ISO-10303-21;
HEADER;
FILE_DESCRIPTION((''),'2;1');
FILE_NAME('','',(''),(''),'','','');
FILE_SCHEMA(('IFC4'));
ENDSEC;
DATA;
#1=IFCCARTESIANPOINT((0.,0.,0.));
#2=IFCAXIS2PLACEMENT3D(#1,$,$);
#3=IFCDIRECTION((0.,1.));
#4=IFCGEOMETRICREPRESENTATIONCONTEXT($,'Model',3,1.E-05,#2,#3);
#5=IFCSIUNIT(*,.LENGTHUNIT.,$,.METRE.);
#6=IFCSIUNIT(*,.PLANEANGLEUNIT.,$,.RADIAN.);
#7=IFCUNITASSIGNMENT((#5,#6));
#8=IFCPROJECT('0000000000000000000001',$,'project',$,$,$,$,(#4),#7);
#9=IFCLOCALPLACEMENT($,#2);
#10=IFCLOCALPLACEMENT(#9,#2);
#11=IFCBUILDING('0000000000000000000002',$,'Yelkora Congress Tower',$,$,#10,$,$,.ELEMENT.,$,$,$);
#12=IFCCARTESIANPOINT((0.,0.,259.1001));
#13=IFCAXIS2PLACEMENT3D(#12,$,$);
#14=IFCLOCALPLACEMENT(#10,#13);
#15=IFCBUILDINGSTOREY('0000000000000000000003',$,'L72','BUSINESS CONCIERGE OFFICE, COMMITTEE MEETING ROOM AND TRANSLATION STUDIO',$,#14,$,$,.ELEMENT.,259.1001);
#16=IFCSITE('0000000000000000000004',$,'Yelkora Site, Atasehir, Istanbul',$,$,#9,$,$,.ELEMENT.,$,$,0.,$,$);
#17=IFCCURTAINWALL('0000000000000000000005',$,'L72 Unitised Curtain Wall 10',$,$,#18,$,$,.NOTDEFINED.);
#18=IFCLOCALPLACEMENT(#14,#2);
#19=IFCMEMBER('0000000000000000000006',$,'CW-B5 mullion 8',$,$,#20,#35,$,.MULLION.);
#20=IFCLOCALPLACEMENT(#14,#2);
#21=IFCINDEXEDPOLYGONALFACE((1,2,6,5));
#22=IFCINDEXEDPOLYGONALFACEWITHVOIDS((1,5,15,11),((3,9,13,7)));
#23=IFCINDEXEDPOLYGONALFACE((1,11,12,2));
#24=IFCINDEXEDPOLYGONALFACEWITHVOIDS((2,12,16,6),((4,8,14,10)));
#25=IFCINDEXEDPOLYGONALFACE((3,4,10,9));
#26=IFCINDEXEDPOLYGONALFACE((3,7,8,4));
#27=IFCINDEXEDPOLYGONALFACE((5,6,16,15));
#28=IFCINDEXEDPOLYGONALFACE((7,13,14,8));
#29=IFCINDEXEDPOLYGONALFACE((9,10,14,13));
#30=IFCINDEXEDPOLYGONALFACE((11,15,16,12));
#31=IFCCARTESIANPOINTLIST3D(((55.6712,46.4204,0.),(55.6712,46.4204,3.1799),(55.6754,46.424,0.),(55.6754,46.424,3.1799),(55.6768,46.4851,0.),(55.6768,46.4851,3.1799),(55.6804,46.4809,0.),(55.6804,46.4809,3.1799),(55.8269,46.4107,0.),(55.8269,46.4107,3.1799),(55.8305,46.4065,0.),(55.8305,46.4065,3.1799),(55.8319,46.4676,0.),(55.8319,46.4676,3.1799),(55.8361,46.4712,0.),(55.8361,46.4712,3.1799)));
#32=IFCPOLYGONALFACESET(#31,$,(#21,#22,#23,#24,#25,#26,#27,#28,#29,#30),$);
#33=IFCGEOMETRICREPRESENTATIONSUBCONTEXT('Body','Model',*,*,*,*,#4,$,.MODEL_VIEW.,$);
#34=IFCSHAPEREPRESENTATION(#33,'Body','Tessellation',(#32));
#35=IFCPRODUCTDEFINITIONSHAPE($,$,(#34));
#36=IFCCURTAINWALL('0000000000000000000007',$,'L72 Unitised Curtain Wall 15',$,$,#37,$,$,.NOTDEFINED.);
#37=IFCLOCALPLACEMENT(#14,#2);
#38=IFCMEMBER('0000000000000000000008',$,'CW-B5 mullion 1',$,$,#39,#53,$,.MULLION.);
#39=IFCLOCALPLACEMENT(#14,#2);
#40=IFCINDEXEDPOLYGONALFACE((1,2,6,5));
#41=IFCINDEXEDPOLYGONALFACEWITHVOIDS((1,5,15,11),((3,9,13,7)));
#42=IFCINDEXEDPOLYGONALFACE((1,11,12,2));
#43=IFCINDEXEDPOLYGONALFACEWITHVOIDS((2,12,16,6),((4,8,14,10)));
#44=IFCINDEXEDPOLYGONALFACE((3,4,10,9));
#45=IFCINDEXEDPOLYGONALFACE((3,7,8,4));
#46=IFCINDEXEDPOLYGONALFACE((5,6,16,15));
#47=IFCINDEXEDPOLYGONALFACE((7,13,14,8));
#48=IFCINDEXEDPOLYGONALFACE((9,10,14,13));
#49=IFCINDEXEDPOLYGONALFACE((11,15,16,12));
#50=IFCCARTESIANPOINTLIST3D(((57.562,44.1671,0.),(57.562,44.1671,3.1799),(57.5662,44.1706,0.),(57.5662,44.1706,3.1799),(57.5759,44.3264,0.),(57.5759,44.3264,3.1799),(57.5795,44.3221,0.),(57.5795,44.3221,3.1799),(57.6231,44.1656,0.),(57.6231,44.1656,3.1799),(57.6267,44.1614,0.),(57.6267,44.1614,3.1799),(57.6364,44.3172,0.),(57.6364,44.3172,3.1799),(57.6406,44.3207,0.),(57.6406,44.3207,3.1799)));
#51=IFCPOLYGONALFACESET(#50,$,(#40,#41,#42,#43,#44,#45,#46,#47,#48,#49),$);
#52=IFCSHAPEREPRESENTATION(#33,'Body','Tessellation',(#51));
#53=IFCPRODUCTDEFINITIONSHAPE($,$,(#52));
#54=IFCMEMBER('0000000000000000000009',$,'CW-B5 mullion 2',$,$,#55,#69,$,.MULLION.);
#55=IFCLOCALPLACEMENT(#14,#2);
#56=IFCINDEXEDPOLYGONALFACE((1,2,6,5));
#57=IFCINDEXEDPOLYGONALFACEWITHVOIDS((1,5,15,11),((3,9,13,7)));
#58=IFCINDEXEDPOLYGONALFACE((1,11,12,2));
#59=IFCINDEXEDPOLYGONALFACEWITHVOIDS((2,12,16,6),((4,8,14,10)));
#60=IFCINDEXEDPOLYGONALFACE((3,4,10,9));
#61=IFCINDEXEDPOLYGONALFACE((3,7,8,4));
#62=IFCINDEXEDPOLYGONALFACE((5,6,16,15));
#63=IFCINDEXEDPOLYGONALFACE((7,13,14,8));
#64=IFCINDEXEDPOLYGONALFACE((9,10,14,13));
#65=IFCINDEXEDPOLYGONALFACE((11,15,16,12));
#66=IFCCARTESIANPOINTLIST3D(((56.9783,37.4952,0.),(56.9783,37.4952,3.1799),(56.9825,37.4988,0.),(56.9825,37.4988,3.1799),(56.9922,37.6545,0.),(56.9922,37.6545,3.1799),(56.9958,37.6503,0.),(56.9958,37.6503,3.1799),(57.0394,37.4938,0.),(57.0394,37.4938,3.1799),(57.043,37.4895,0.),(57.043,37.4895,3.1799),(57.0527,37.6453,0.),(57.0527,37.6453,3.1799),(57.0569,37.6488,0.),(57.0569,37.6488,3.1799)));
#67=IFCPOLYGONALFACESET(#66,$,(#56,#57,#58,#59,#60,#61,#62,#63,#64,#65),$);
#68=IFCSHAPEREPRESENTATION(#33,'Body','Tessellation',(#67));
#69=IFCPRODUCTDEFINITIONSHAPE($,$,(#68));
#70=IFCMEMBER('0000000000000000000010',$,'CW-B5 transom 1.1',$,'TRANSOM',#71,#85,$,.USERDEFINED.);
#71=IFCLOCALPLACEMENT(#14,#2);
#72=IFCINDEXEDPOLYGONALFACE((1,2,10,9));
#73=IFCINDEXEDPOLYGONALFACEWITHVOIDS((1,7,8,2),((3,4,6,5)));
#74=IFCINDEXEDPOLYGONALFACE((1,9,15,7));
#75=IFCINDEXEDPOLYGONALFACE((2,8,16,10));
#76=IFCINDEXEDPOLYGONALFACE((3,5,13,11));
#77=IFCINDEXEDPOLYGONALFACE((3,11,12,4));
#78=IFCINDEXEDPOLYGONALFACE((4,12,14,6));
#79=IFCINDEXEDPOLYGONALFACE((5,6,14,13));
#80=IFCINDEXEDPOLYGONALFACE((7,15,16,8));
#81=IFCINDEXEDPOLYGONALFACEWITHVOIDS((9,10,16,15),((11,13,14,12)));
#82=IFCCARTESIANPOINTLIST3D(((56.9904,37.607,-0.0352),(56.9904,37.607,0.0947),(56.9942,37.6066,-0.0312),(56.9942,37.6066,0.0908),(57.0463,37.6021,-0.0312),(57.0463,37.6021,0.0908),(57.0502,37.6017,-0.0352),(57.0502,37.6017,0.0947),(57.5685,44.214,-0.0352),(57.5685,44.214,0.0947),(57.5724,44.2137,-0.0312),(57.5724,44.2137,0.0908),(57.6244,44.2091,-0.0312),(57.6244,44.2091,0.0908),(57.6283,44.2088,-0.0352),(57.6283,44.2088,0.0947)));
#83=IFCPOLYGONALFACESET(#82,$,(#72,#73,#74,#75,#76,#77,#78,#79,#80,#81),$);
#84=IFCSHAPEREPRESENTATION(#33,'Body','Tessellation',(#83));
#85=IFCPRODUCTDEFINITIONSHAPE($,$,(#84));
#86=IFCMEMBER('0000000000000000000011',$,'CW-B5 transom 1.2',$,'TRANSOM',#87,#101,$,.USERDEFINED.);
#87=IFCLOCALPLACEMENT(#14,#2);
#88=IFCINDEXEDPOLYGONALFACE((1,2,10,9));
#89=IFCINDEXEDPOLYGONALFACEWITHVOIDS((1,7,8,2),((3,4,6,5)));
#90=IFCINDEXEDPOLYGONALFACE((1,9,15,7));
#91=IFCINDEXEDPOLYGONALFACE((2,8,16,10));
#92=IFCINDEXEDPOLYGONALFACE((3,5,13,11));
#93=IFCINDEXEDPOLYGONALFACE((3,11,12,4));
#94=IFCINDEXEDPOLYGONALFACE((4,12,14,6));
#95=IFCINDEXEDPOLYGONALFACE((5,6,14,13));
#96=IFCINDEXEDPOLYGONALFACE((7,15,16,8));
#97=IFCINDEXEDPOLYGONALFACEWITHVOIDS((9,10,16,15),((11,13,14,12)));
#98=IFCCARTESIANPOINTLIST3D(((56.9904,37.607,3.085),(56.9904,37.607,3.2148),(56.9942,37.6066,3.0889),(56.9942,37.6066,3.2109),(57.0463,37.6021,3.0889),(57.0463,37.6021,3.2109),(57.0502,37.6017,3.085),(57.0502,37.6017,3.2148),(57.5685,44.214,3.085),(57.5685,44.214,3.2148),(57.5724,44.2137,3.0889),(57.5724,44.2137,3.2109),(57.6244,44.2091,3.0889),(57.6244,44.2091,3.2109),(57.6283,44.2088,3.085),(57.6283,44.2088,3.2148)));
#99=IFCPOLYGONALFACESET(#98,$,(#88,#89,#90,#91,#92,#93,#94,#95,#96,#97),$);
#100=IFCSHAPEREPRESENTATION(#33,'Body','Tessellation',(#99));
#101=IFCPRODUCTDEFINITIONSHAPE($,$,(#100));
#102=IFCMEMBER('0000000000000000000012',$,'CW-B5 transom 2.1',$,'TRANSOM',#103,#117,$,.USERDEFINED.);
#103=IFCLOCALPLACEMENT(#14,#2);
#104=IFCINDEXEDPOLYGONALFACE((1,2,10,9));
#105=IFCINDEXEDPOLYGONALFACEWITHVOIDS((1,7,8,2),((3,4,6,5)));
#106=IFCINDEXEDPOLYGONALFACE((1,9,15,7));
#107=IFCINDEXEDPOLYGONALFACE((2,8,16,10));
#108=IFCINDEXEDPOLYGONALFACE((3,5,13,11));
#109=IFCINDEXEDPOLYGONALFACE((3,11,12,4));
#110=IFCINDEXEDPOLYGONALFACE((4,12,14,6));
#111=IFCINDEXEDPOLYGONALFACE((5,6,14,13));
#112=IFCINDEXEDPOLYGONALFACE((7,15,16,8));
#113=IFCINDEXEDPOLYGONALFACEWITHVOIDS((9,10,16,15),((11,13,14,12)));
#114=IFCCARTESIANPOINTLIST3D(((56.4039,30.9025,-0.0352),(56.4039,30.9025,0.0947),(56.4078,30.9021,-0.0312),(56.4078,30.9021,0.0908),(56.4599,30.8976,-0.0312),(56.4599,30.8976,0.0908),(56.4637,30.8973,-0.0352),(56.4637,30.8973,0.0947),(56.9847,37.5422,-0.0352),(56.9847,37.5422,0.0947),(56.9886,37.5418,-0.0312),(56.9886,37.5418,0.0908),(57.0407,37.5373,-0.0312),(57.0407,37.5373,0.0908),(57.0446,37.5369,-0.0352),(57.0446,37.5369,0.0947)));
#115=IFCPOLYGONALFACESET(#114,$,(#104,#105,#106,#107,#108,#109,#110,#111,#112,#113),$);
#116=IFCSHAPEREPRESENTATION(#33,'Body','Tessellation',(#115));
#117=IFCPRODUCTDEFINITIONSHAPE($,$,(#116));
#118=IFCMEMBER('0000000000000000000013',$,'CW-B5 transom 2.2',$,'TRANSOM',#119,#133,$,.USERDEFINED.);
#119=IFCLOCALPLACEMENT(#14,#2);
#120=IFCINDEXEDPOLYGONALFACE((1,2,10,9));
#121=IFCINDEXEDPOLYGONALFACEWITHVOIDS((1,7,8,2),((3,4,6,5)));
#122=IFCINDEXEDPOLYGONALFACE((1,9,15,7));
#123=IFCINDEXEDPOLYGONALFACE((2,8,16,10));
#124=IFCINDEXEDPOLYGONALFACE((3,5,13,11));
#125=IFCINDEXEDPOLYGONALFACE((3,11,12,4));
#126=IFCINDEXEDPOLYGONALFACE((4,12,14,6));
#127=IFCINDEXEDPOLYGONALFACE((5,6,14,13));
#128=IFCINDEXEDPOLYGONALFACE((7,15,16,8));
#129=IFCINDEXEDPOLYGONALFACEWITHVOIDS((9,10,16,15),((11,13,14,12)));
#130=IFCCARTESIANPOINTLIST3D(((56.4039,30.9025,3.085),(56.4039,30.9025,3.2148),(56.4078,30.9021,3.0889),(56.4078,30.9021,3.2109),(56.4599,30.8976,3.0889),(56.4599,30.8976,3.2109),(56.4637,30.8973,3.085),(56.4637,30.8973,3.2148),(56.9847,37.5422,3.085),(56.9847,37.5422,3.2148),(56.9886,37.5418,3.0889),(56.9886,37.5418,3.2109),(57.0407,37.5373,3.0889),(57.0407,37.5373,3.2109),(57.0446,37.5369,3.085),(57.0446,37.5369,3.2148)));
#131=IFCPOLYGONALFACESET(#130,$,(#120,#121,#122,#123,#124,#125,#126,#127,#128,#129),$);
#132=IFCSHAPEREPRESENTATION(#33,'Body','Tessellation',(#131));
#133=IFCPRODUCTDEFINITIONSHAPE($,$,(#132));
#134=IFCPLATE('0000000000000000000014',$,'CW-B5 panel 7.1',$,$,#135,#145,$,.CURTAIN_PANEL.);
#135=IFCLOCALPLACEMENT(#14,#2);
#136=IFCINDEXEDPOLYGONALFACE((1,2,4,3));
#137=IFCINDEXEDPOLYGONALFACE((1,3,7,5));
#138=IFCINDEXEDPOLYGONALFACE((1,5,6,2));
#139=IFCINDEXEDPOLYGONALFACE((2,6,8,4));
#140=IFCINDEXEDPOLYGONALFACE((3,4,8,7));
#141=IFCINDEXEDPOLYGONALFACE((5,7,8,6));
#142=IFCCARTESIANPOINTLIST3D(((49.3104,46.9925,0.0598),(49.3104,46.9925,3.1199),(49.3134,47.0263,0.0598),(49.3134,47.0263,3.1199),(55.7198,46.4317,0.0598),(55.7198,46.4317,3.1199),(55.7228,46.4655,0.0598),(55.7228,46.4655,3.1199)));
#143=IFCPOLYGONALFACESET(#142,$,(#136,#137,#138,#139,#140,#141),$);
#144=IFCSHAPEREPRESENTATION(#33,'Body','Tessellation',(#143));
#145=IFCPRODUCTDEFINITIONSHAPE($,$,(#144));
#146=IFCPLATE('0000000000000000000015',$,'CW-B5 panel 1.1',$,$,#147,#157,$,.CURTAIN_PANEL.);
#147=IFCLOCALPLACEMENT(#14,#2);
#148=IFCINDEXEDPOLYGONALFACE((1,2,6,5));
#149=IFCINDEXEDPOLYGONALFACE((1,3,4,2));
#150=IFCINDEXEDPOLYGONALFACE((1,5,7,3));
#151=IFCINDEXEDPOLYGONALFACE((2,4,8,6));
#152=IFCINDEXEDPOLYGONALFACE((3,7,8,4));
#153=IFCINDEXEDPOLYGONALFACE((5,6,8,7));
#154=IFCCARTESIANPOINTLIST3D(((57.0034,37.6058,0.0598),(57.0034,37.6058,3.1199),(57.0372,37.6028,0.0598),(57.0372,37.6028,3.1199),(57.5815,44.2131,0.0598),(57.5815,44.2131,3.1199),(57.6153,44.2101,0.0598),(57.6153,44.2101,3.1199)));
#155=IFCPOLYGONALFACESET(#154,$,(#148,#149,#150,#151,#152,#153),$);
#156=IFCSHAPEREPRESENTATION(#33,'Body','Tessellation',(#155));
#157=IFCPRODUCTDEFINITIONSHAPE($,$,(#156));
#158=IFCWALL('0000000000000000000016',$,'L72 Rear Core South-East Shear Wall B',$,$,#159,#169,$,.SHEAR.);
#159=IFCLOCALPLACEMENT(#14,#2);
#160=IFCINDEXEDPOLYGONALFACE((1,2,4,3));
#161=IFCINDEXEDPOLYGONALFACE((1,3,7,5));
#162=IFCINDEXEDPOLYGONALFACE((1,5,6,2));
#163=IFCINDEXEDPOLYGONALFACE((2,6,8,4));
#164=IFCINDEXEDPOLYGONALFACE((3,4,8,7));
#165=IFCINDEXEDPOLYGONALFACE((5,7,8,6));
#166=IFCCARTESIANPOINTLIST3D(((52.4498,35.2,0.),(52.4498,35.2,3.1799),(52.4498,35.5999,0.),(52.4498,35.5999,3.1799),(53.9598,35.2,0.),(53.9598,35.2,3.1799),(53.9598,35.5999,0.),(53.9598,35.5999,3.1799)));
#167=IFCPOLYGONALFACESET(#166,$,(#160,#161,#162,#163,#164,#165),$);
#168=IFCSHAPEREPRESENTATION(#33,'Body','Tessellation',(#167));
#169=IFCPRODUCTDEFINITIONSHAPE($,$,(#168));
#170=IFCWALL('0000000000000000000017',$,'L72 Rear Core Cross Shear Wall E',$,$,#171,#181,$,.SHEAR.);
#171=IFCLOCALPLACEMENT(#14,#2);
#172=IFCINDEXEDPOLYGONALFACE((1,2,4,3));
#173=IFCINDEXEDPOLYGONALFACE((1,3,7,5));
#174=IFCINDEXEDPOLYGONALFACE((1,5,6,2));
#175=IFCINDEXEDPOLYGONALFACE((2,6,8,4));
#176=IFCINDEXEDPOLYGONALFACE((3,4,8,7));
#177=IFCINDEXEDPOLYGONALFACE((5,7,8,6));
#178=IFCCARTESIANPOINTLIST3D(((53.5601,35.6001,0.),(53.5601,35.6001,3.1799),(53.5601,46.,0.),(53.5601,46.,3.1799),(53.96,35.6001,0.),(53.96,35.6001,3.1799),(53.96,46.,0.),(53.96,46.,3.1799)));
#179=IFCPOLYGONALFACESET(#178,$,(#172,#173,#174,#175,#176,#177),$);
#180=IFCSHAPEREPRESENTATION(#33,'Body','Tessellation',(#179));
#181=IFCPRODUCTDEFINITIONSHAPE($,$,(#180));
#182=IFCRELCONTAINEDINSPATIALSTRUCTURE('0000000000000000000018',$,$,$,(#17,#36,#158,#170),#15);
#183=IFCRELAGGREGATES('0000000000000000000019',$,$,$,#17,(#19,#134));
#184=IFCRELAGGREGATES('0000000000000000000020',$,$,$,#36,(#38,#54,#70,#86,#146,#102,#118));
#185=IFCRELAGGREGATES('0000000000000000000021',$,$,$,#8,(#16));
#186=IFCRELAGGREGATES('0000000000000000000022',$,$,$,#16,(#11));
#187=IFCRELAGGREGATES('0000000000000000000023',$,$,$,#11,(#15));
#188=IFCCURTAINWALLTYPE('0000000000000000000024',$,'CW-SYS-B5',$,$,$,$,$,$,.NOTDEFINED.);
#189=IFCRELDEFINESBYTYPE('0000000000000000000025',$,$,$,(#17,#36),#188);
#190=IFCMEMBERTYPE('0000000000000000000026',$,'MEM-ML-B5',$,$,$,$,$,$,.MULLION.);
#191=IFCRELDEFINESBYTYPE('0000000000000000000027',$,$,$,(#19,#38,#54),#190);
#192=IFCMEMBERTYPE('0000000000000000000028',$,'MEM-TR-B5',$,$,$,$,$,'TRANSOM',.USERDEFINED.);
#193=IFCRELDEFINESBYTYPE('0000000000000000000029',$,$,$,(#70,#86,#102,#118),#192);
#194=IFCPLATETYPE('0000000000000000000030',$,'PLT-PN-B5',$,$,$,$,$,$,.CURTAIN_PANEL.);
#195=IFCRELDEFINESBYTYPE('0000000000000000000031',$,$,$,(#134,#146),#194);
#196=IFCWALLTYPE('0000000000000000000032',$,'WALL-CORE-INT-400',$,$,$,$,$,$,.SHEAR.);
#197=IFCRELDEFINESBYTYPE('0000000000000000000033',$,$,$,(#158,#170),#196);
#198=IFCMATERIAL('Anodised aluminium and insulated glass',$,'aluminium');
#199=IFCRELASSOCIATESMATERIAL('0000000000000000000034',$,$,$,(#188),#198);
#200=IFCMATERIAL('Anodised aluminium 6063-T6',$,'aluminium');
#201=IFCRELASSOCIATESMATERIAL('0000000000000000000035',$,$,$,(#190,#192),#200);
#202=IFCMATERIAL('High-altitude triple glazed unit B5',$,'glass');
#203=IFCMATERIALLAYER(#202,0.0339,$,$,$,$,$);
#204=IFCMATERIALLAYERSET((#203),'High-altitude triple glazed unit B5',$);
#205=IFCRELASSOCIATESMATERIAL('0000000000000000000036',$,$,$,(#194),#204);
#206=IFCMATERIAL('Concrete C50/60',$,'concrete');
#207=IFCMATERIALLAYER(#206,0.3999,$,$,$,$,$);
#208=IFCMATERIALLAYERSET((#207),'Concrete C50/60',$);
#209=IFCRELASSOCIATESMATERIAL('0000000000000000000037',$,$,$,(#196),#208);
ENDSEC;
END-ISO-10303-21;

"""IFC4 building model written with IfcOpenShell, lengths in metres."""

from ifc_helpers import new_model, si_unit, direction, frame, frame_2d, origin, origin_2d, place, context, subcontext, project, spatial, rectangle, hollow_rectangle, extrude, material, layer, layer_set, material_profile, profile_set, type_object, element, aggregate, save


model = new_model("IFC4")

# Units and contexts
model_context = context("Model", 3, precision=1e-05, world=origin(), true_north=direction((0.0, 1.0)))
body_context = subcontext(model_context, "Body", "Model", "MODEL_VIEW")
ifc_project = project(units=[si_unit("LENGTHUNIT", "METRE"), si_unit("PLANEANGLEUNIT", "RADIAN")], contexts=[model_context])

# Site, building, storey
site_placement = place(None, origin())
site = spatial("IfcSite", under=ifc_project, at=site_placement, Name="Yelkora Site, Atasehir, Istanbul", CompositionType="ELEMENT", RefElevation=0.0)
building_placement = place(site_placement, origin())
building = spatial("IfcBuilding", under=site, at=building_placement, Name="Yelkora Congress Tower", CompositionType="ELEMENT")
storey_placement = place(building_placement, frame((0.0, 0.0, 259.1001)))
storey = spatial("IfcBuildingStorey", under=building, at=storey_placement, Name="L72", Description="BUSINESS CONCIERGE OFFICE, COMMITTEE MEETING ROOM AND TRANSLATION STUDIO", CompositionType="ELEMENT", Elevation=259.1001)

# Curtain wall, member
ifc_material_1 = material(Name="Anodised aluminium and insulated glass", Category="aluminium")
curtain_wall_type = type_object("IfcCurtainWallType", Name="CW-SYS-B5", PredefinedType="NOTDEFINED", material=ifc_material_1)
curtain_wall_1_placement = place(storey_placement, origin())
curtain_wall_1 = element("IfcCurtainWall", 1, at=curtain_wall_1_placement, inside=storey, type_object=curtain_wall_type, Name="L72 Unitised Curtain Wall 10", PredefinedType="NOTDEFINED")
ifc_material_2 = material(Name="Anodised aluminium 6063-T6", Category="aluminium")
ifc_material_profile_1 = material_profile(ifc_material_2, hollow_rectangle(XDim=0.0649, YDim=0.1599, WallThickness=0.0039, at=origin_2d()), Name="ALU 65x160x4")
ifc_profile_set_1 = profile_set([ifc_material_profile_1], Name="Anodised aluminium 6063-T6")
member_type_1 = type_object("IfcMemberType", Name="MEM-ML-B5", PredefinedType="MULLION", material=ifc_profile_set_1)
member_1_placement = place(storey_placement, frame((55.7537, 46.4458, 0.0), z_axis=(0.0, 0.0, 1.0), x_axis=(0.087157, 0.996195, 0.0)))
member_1 = element("IfcMember", 2, at=member_1_placement, type_object=member_type_1, Name="CW-B5 mullion 8", PredefinedType="MULLION", context=body_context, shape_type="SweptSolid", body=[
    extrude(hollow_rectangle(XDim=0.0649, YDim=0.1599, WallThickness=0.0039, at=origin_2d()), origin(), (0.0, 0.0, 1.0), 3.1799),
])

# Curtain wall, members
curtain_wall_2_placement = place(storey_placement, origin())
curtain_wall_2 = element("IfcCurtainWall", 3, at=curtain_wall_2_placement, inside=storey, type_object=curtain_wall_type, Name="L72 Unitised Curtain Wall 15", PredefinedType="NOTDEFINED")
member_2_placement = place(storey_placement, frame((57.6013, 44.2439, 0.0), z_axis=(0.0, 0.0, 1.0), x_axis=(0.996194, -0.087158, 0.0)))
member_2 = element("IfcMember", 4, at=member_2_placement, type_object=member_type_1, Name="CW-B5 mullion 1", PredefinedType="MULLION", context=body_context, shape_type="SweptSolid", body=[
    extrude(hollow_rectangle(XDim=0.0649, YDim=0.1599, WallThickness=0.0039, at=origin_2d()), origin(), (0.0, 0.0, 1.0), 3.1799),
])
member_3_placement = place(storey_placement, frame((57.0176, 37.572, 0.0), z_axis=(0.0, 0.0, 1.0), x_axis=(0.996194, -0.087158, 0.0)))
member_3 = element("IfcMember", 5, at=member_3_placement, type_object=member_type_1, Name="CW-B5 mullion 2", PredefinedType="MULLION", context=body_context, shape_type="SweptSolid", body=[
    extrude(hollow_rectangle(XDim=0.0649, YDim=0.1599, WallThickness=0.0039, at=origin_2d()), origin(), (0.0, 0.0, 1.0), 3.1799),
])
ifc_material_profile_2 = material_profile(ifc_material_2, hollow_rectangle(XDim=0.0601, YDim=0.1299, WallThickness=0.0039, at=origin_2d()), Name="ALU 60x130x4")
ifc_profile_set_2 = profile_set([ifc_material_profile_2], Name="Anodised aluminium 6063-T6")
member_type_2 = type_object("IfcMemberType", Name="MEM-TR-B5", ElementType="TRANSOM", PredefinedType="USERDEFINED", material=ifc_profile_set_2)
member_4_placement = place(storey_placement, frame((57.5984, 44.2114, 0.0298), z_axis=(-0.087166, -0.996194, 0.0), x_axis=(0.996194, -0.087166, 0.0)))
member_4 = element("IfcMember", 6, at=member_4_placement, type_object=member_type_2, Name="CW-B5 transom 1.1", ObjectType="TRANSOM", PredefinedType="USERDEFINED", context=body_context, shape_type="SweptSolid", body=[
    extrude(hollow_rectangle(XDim=0.0601, YDim=0.1299, WallThickness=0.0039, at=origin_2d()), origin(), (0.0, 0.0, 1.0), 6.6323),
])
member_5_placement = place(storey_placement, frame((57.5984, 44.2114, 3.1499), z_axis=(-0.087166, -0.996194, 0.0), x_axis=(0.996194, -0.087166, 0.0)))
member_5 = element("IfcMember", 7, at=member_5_placement, type_object=member_type_2, Name="CW-B5 transom 1.2", ObjectType="TRANSOM", PredefinedType="USERDEFINED", context=body_context, shape_type="SweptSolid", body=[
    extrude(hollow_rectangle(XDim=0.0601, YDim=0.1299, WallThickness=0.0039, at=origin_2d()), origin(), (0.0, 0.0, 1.0), 6.6323),
])
member_6_placement = place(storey_placement, frame((57.0146, 37.5396, 0.0298), z_axis=(-0.087143, -0.996196, 0.0), x_axis=(0.996196, -0.087143, 0.0)))
member_6 = element("IfcMember", 8, at=member_6_placement, type_object=member_type_2, Name="CW-B5 transom 2.1", ObjectType="TRANSOM", PredefinedType="USERDEFINED", context=body_context, shape_type="SweptSolid", body=[
    extrude(hollow_rectangle(XDim=0.0601, YDim=0.1299, WallThickness=0.0039, at=origin_2d()), origin(), (0.0, 0.0, 1.0), 6.665),
])
member_7_placement = place(storey_placement, frame((57.0146, 37.5396, 3.1499), z_axis=(-0.087143, -0.996196, 0.0), x_axis=(0.996196, -0.087143, 0.0)))
member_7 = element("IfcMember", 9, at=member_7_placement, type_object=member_type_2, Name="CW-B5 transom 2.2", ObjectType="TRANSOM", PredefinedType="USERDEFINED", context=body_context, shape_type="SweptSolid", body=[
    extrude(hollow_rectangle(XDim=0.0601, YDim=0.1299, WallThickness=0.0039, at=origin_2d()), origin(), (0.0, 0.0, 1.0), 6.665),
])

# Plates
ifc_material_3 = material(Name="High-altitude triple glazed unit B5", Category="glass")
ifc_layer_1 = layer(ifc_material_3, 0.0339)
ifc_layer_set_1 = layer_set([ifc_layer_1], Name="High-altitude triple glazed unit B5")
plate_type = type_object("IfcPlateType", Name="PLT-PN-B5", PredefinedType="CURTAIN_PANEL", material=ifc_layer_set_1)
plate_1_placement = place(storey_placement, frame((52.5166, 46.729, 0.0598), z_axis=(0.0, 0.0, 1.0), x_axis=(0.996195, -0.087157, 0.0)))
plate_1 = element("IfcPlate", 10, at=plate_1_placement, type_object=plate_type, Name="CW-B5 panel 7.1", PredefinedType="CURTAIN_PANEL", context=body_context, shape_type="SweptSolid", body=[
    extrude(rectangle(XDim=6.4338, YDim=0.0339, at=origin_2d()), origin(), (0.0, 0.0, 1.0), 3.0601),
])
aggregate(curtain_wall_1, [member_1, plate_1])
plate_2_placement = place(storey_placement, frame((57.3093, 40.908, 0.0598), z_axis=(0.0, 0.0, 1.0), x_axis=(-0.087158, -0.996194, 0.0)))
plate_2 = element("IfcPlate", 11, at=plate_2_placement, type_object=plate_type, Name="CW-B5 panel 1.1", PredefinedType="CURTAIN_PANEL", context=body_context, shape_type="SweptSolid", body=[
    extrude(rectangle(XDim=6.6326, YDim=0.0339, at=origin_2d()), origin(), (0.0, 0.0, 1.0), 3.0601),
])
aggregate(curtain_wall_2, [member_2, member_3, member_4, member_5, plate_2, member_6, member_7])

# Walls
ifc_material_4 = material(Name="Concrete C50/60", Category="concrete")
ifc_layer_2 = layer(ifc_material_4, 0.3999)
ifc_layer_set_2 = layer_set([ifc_layer_2], Name="Concrete C50/60")
wall_type_1 = type_object("IfcWallType", Name="WALL-CORE-INT-400", PredefinedType="SHEAR", material=ifc_layer_set_2)
wall_1_placement = place(storey_placement, frame((52.45, 35.3999, 0.0), z_axis=(0.0, 0.0, 1.0), x_axis=(1.0, 0.0, 0.0)))
element("IfcWall", 12, at=wall_1_placement, inside=storey, type_object=wall_type_1, Name="L72 Rear Core South-East Shear Wall B", PredefinedType="SHEAR", context=body_context, shape_type="SweptSolid", body=[
    extrude(rectangle(XDim=1.51, YDim=0.3999, at=frame_2d((0.7549, 0.0))), origin(), (0.0, 0.0, 1.0), 3.1799),
])
wall_2_placement = place(storey_placement, frame((53.76, 35.6001, 0.0), z_axis=(0.0, 0.0, 1.0), x_axis=(0.0, 1.0, 0.0)))
element("IfcWall", 13, at=wall_2_placement, inside=storey, type_object=wall_type_1, Name="L72 Rear Core Cross Shear Wall E", PredefinedType="SHEAR", context=body_context, shape_type="SweptSolid", body=[
    extrude(rectangle(XDim=10.3999, YDim=0.3999, at=frame_2d((5.2, 0.0))), origin(), (0.0, 0.0, 1.0), 3.1799),
])

save(model, "model.ifc")
